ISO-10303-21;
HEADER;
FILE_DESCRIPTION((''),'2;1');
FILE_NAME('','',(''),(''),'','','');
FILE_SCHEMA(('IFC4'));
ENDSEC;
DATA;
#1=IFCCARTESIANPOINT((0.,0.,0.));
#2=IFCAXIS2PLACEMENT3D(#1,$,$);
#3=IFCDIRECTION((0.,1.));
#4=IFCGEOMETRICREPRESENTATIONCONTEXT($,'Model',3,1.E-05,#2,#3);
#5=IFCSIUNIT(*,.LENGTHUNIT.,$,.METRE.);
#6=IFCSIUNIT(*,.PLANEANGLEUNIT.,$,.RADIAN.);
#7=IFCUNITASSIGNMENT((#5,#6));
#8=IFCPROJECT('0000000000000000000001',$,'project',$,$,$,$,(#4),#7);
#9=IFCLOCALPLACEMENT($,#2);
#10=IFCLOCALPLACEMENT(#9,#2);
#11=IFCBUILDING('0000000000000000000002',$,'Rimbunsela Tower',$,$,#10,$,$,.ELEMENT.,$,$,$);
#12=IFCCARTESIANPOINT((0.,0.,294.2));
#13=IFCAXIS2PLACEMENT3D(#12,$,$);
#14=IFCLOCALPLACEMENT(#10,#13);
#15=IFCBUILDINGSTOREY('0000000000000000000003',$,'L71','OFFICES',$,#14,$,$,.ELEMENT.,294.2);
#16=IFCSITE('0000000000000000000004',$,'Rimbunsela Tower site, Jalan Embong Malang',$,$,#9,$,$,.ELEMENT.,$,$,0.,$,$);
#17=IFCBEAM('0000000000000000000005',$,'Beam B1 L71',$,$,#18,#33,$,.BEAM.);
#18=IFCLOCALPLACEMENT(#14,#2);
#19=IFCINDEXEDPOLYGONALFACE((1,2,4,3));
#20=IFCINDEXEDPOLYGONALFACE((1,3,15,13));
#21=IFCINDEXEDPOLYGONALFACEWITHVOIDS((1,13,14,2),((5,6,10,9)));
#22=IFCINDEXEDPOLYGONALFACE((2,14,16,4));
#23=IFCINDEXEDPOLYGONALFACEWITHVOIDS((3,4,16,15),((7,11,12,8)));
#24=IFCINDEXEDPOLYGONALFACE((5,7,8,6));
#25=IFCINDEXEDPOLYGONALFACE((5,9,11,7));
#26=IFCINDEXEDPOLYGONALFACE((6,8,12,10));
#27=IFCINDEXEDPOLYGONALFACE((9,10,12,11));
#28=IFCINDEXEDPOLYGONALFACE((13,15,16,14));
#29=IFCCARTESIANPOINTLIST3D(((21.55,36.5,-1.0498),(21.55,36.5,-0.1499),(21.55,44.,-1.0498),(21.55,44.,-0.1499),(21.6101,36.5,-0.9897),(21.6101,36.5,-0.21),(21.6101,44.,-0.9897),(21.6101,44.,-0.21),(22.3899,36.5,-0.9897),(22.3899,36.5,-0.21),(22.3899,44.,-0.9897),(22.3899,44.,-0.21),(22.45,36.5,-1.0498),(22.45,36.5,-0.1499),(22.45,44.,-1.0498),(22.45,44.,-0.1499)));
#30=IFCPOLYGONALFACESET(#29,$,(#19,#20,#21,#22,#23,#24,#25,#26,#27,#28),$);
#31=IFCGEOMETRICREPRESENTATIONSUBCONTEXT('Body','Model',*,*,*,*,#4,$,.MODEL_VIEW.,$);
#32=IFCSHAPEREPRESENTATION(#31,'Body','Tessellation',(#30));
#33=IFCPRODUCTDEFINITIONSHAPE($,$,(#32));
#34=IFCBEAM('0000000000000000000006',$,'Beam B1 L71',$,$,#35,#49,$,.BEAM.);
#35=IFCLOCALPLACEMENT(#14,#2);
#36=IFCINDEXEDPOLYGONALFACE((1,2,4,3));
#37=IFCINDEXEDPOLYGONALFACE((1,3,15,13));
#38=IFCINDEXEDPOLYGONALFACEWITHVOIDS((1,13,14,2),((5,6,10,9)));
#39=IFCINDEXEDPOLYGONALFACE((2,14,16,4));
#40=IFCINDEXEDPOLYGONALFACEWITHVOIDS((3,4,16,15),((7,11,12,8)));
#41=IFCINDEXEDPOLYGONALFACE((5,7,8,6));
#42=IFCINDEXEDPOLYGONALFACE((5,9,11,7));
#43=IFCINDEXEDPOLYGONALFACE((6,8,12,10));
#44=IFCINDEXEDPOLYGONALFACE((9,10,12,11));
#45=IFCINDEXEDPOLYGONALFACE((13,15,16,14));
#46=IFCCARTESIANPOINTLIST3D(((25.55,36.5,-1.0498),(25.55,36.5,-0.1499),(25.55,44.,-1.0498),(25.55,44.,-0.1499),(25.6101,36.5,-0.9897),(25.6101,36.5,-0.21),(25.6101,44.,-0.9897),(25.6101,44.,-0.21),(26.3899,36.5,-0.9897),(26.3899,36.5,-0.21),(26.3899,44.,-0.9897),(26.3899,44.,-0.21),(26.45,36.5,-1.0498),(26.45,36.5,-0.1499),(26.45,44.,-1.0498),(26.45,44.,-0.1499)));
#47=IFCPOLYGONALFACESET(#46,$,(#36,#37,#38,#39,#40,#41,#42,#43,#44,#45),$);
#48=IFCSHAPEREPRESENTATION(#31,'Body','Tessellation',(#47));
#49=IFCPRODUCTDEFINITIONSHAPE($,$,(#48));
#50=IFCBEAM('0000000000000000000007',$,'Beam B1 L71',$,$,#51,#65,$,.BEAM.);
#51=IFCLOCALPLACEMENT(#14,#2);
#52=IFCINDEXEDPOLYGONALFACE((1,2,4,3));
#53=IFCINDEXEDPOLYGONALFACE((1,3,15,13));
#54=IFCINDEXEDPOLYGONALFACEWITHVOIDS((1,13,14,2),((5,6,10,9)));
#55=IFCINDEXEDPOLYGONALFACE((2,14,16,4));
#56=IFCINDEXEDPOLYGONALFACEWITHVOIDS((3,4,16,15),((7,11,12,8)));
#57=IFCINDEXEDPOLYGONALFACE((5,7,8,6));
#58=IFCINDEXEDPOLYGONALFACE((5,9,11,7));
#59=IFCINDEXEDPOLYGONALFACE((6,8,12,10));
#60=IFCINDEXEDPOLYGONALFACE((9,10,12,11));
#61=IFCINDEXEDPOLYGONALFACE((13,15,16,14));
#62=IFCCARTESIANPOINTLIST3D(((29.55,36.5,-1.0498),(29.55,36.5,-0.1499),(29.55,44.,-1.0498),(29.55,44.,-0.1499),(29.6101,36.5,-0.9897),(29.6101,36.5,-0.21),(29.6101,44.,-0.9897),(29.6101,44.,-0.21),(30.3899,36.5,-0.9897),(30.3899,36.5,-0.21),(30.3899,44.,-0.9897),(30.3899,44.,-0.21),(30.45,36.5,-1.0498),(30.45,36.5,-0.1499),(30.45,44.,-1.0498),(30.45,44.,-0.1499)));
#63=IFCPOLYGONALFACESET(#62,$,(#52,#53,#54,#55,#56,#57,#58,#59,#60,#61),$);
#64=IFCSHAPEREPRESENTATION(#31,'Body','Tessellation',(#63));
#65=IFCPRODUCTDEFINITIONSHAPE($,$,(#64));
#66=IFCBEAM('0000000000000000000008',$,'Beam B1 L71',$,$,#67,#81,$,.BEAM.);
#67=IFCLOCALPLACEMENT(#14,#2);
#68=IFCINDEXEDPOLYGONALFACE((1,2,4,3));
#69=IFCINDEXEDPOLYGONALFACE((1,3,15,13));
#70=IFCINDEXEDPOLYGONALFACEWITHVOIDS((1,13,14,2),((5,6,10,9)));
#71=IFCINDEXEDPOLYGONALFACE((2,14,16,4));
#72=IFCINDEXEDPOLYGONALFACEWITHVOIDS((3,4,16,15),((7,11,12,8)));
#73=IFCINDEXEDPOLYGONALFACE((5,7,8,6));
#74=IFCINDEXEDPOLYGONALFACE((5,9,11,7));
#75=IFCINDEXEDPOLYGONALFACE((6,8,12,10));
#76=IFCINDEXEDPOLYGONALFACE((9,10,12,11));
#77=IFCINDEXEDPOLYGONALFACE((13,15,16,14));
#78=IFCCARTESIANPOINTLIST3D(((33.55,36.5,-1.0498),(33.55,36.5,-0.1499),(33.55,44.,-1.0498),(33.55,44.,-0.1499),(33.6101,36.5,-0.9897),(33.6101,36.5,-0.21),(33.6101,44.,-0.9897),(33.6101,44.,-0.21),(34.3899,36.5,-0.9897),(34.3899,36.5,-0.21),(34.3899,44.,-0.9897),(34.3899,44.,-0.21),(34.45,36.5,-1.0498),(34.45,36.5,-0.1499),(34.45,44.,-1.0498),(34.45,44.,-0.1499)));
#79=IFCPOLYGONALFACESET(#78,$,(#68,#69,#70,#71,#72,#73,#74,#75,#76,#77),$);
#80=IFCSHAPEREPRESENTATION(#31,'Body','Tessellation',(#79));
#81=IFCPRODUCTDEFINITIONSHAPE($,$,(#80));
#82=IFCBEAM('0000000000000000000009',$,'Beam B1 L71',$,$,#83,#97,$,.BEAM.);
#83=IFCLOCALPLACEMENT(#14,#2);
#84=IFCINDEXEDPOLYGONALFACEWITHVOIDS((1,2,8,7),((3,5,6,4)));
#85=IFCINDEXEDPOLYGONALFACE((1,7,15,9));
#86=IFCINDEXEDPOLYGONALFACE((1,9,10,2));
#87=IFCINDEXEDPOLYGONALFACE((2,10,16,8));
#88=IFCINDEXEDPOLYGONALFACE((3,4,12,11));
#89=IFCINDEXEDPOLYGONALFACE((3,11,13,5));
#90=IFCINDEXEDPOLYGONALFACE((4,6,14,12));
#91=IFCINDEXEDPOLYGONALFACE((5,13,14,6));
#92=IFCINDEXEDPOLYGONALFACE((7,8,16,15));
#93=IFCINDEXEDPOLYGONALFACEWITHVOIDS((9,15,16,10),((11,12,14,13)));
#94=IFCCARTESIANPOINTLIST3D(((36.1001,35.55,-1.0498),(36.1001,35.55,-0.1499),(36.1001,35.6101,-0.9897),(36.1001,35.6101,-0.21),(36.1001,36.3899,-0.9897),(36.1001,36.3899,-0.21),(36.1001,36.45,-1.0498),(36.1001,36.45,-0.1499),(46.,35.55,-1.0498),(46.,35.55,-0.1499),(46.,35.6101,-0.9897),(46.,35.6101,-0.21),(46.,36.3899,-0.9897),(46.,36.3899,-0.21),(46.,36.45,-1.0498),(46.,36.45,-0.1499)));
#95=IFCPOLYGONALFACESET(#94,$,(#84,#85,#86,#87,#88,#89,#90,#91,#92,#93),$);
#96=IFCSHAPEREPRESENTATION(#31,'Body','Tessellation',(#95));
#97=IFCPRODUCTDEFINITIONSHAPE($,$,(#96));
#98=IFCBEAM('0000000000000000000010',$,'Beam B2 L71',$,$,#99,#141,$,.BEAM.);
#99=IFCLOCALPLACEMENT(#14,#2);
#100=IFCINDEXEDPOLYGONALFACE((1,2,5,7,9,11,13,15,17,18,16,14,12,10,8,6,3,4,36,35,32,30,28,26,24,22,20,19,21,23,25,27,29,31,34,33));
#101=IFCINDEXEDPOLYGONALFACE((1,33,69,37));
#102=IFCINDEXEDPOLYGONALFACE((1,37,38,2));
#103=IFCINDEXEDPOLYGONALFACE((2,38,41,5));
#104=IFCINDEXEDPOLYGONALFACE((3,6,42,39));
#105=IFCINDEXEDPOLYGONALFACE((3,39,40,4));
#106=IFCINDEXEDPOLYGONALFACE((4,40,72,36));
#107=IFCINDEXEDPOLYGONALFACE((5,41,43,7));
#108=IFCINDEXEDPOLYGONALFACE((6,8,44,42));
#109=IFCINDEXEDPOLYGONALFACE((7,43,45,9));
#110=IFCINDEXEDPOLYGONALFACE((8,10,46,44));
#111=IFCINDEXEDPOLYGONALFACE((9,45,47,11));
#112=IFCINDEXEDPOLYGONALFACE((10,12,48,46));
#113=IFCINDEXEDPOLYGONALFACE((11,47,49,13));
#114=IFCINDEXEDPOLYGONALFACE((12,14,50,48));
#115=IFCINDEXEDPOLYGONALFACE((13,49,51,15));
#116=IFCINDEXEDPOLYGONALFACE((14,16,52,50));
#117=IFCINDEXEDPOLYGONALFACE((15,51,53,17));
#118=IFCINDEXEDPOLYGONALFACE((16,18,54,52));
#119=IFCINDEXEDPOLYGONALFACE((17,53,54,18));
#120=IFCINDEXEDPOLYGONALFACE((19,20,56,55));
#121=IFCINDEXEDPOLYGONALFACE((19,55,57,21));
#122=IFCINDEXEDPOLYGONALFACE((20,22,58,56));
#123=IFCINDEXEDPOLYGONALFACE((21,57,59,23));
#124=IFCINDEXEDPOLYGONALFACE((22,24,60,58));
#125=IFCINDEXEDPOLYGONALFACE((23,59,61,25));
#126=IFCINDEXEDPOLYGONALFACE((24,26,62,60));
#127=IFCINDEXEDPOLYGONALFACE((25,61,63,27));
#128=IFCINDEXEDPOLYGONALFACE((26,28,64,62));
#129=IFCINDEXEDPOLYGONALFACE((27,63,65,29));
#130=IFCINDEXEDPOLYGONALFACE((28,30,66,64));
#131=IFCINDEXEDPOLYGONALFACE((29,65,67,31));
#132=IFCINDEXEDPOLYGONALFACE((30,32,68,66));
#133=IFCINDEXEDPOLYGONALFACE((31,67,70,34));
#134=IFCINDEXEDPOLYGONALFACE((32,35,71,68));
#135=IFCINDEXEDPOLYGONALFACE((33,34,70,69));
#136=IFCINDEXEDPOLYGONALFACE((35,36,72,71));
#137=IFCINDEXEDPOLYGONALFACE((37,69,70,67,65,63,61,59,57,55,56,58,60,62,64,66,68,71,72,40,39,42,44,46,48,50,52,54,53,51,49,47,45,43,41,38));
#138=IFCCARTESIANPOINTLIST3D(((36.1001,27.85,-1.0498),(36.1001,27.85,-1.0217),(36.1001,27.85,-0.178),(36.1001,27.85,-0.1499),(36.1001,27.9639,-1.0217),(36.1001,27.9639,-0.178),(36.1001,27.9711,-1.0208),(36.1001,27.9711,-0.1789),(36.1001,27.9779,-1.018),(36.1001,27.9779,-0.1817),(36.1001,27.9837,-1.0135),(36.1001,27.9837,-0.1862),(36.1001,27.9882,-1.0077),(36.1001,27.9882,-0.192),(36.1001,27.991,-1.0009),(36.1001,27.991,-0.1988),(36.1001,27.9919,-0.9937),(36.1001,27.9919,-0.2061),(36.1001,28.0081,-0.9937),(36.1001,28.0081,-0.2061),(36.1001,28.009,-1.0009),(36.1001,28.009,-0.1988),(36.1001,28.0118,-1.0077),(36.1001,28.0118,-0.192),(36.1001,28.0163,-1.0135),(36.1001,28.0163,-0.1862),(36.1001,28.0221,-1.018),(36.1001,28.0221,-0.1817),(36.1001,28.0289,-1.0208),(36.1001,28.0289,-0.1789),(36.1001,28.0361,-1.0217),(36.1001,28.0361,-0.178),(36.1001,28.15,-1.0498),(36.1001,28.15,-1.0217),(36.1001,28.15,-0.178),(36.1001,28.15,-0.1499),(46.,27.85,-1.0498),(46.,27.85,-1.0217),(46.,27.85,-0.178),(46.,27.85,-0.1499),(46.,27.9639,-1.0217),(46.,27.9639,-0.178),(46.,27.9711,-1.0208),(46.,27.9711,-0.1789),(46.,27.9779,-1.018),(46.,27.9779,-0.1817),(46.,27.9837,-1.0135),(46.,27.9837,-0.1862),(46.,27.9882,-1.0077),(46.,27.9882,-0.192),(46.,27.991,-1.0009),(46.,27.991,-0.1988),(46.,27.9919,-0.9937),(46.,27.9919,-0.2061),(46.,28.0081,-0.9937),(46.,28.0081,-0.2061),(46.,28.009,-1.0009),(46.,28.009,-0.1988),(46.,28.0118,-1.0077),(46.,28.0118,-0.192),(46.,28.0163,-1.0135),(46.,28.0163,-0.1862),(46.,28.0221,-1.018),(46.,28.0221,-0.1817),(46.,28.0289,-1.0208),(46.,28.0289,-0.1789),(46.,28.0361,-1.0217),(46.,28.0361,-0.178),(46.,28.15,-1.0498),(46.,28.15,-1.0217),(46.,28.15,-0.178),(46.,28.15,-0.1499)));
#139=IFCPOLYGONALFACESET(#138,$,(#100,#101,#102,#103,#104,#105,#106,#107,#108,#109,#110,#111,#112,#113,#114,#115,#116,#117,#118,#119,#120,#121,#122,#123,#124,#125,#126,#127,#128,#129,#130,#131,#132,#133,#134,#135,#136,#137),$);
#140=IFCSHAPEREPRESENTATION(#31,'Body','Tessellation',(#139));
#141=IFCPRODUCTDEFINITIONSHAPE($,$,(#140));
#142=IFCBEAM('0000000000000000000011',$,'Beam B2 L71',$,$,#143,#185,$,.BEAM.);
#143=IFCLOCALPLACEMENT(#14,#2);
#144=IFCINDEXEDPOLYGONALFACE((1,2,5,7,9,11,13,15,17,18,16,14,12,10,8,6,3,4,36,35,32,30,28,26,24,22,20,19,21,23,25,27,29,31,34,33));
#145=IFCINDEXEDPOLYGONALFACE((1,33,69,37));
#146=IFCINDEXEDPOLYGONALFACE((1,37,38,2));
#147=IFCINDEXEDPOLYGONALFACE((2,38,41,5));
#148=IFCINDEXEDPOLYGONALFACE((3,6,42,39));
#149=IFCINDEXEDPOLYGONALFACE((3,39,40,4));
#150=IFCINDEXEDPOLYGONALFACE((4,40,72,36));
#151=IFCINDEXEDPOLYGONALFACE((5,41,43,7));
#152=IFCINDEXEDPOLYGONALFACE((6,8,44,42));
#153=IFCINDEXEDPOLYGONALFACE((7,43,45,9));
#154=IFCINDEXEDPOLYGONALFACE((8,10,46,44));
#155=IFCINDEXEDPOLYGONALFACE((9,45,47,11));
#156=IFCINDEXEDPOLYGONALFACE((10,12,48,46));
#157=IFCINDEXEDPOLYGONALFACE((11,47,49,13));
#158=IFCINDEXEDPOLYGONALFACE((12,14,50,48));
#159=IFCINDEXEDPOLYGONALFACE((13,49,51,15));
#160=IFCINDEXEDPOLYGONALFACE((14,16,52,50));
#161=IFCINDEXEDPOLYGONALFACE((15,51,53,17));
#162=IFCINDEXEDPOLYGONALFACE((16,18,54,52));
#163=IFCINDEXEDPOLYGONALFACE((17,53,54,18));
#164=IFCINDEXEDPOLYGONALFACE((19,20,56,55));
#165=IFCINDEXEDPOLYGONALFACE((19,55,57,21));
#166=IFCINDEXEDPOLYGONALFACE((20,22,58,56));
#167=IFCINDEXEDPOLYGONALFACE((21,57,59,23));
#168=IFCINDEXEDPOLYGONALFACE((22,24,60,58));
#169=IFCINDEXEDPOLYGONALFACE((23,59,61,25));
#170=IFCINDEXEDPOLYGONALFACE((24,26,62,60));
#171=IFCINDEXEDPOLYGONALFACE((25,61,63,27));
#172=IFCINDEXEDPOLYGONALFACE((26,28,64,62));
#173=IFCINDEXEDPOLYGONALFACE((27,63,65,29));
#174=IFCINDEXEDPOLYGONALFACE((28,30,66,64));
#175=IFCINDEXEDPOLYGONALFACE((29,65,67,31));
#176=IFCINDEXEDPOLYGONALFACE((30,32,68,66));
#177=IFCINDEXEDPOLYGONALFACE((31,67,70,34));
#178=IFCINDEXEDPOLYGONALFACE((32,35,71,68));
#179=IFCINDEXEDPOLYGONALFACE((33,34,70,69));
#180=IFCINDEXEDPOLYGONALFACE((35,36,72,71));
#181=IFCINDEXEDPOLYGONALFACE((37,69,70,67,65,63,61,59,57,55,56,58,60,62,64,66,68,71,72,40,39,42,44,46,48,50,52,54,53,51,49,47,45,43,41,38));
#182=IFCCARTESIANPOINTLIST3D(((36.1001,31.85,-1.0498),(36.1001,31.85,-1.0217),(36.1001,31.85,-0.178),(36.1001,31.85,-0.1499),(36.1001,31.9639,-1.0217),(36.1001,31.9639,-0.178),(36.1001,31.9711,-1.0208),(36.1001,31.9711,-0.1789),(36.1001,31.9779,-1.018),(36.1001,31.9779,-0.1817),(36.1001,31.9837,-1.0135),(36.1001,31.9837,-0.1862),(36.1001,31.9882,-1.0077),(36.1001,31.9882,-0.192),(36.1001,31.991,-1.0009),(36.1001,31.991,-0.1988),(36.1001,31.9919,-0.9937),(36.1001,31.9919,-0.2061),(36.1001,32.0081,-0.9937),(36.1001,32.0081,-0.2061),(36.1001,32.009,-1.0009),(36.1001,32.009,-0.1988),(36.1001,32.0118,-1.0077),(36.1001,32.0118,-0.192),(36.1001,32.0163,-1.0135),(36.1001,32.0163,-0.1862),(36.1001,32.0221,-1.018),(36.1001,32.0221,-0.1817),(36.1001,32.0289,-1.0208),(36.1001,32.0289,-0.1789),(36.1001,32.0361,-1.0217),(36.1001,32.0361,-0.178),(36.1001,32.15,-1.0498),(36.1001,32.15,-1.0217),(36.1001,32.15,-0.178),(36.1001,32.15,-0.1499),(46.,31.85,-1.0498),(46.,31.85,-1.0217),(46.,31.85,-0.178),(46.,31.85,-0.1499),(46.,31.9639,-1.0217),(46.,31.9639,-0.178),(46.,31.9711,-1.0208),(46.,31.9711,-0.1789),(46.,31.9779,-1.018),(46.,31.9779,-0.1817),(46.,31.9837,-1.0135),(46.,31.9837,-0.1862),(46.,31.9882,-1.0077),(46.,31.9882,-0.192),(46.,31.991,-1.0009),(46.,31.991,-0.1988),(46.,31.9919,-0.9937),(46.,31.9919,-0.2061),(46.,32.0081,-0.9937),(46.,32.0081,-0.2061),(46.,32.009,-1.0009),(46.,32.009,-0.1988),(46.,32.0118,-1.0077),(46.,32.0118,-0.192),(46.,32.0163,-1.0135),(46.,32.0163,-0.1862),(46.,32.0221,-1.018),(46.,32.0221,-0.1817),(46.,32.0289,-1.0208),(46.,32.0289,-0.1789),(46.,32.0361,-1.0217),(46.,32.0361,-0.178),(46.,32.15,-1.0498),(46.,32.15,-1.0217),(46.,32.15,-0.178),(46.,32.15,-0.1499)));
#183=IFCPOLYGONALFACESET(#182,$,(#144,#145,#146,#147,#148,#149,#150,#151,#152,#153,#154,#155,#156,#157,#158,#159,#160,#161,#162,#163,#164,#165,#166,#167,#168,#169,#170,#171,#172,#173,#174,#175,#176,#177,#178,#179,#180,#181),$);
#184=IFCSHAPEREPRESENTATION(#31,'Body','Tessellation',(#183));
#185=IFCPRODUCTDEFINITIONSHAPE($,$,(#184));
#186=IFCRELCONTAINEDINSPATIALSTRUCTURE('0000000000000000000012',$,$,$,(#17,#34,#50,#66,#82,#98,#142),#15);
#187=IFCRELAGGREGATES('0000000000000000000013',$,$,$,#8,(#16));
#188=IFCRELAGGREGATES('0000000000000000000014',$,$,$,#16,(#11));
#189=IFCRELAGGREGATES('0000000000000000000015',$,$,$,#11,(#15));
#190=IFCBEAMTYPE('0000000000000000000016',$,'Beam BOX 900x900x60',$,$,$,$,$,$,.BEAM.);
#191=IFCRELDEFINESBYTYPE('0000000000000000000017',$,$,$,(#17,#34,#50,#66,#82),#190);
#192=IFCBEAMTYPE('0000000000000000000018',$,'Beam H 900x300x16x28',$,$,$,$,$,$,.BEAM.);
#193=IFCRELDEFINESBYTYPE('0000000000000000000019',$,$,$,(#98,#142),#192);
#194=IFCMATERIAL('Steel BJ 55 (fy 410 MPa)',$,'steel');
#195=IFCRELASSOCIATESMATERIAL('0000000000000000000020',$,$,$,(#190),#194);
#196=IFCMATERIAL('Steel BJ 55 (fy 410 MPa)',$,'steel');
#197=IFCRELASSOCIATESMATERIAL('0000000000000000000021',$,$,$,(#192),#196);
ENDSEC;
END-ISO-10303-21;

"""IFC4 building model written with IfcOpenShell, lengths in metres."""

from ifc_helpers import new_model, si_unit, direction, frame, origin, origin_2d, place, context, subcontext, project, spatial, hollow_rectangle, i_section, extrude, material, material_profile, profile_set, type_object, element, save


model = new_model("IFC4")

# Units and contexts
model_context = context("Model", 3, precision=1e-05, world=origin(), true_north=direction((0.0, 1.0)))
body_context = subcontext(model_context, "Body", "Model", "MODEL_VIEW")
ifc_project = project(units=[si_unit("LENGTHUNIT", "METRE"), si_unit("PLANEANGLEUNIT", "RADIAN")], contexts=[model_context])

# Site, building, storey
site_placement = place(None, origin())
site = spatial("IfcSite", under=ifc_project, at=site_placement, Name="Rimbunsela Tower site, Jalan Embong Malang", CompositionType="ELEMENT", RefElevation=0.0)
building_placement = place(site_placement, origin())
building = spatial("IfcBuilding", under=site, at=building_placement, Name="Rimbunsela Tower", CompositionType="ELEMENT")
storey_placement = place(building_placement, frame((0.0, 0.0, 294.2)))
storey = spatial("IfcBuildingStorey", under=building, at=storey_placement, Name="L71", Description="OFFICES", CompositionType="ELEMENT", Elevation=294.2)

# Beams
ifc_material_1 = material(Name="Steel BJ 55 (fy 410 MPa)", Category="steel")
ifc_material_profile_1 = material_profile(ifc_material_1, hollow_rectangle(XDim=0.8999, YDim=0.8999, WallThickness=0.0601, at=origin_2d()), Name="BOX 900x900x60")
ifc_profile_set_1 = profile_set([ifc_material_profile_1], Name="Steel BJ 55 (fy 410 MPa)")
beam_type_1 = type_object("IfcBeamType", Name="Beam BOX 900x900x60", PredefinedType="BEAM", material=ifc_profile_set_1)
for number, where, z_axis, x_axis, name in (
    (1, (22.0, 36.5, -0.5999), (0.0, 1.0, 0.0), (-1.0, 0.0, 0.0), "Beam B1 L71"),
    (2, (26.0, 36.5, -0.5999), (0.0, 1.0, 0.0), (-1.0, 0.0, 0.0), "Beam B1 L71"),
    (3, (30.0, 36.5, -0.5999), (0.0, 1.0, 0.0), (-1.0, 0.0, 0.0), "Beam B1 L71"),
    (4, (34.0, 36.5, -0.5999), (0.0, 1.0, 0.0), (-1.0, 0.0, 0.0), "Beam B1 L71"),
):
    element("IfcBeam", number, at=place(storey_placement, frame(where, z_axis=z_axis, x_axis=x_axis)), inside=storey, type_object=beam_type_1, Name=name, PredefinedType="BEAM", context=body_context, shape_type="SweptSolid", body=[
        extrude(hollow_rectangle(XDim=0.8999, YDim=0.8999, WallThickness=0.0601, at=origin_2d()), origin(), (0.0, 0.0, 1.0), 7.5),
    ])
beam_placement = place(storey_placement, frame((36.1001, 36.0, -0.5999), z_axis=(1.0, 0.0, 0.0), x_axis=(0.0, 1.0, 0.0)))
element("IfcBeam", 5, at=beam_placement, inside=storey, type_object=beam_type_1, Name="Beam B1 L71", PredefinedType="BEAM", context=body_context, shape_type="SweptSolid", body=[
    extrude(hollow_rectangle(XDim=0.8999, YDim=0.8999, WallThickness=0.0601, at=origin_2d()), origin(), (0.0, 0.0, 1.0), 9.8999),
])
ifc_material_2 = material(Name="Steel BJ 55 (fy 410 MPa)", Category="steel")
ifc_material_profile_2 = material_profile(ifc_material_2, i_section(OverallWidth=0.3, OverallDepth=0.8999, WebThickness=0.0161, FlangeThickness=0.0281, FilletRadius=0.0281, at=origin_2d()), Name="H 900x300x16x28")
ifc_profile_set_2 = profile_set([ifc_material_profile_2], Name="Steel BJ 55 (fy 410 MPa)")
beam_type_2 = type_object("IfcBeamType", Name="Beam H 900x300x16x28", PredefinedType="BEAM", material=ifc_profile_set_2)
for number, where, z_axis, x_axis, name in (
    (6, (36.1001, 28.0, -0.5999), (1.0, 0.0, 0.0), (0.0, 1.0, 0.0), "Beam B2 L71"),
    (7, (36.1001, 32.0, -0.5999), (1.0, 0.0, 0.0), (0.0, 1.0, 0.0), "Beam B2 L71"),
):
    element("IfcBeam", number, at=place(storey_placement, frame(where, z_axis=z_axis, x_axis=x_axis)), inside=storey, type_object=beam_type_2, Name=name, PredefinedType="BEAM", context=body_context, shape_type="SweptSolid", body=[
        extrude(i_section(OverallWidth=0.3, OverallDepth=0.8999, WebThickness=0.0161, FlangeThickness=0.0281, FilletRadius=0.0281, at=origin_2d()), origin(), (0.0, 0.0, 1.0), 9.8999),
    ])

save(model, "model.ifc")
